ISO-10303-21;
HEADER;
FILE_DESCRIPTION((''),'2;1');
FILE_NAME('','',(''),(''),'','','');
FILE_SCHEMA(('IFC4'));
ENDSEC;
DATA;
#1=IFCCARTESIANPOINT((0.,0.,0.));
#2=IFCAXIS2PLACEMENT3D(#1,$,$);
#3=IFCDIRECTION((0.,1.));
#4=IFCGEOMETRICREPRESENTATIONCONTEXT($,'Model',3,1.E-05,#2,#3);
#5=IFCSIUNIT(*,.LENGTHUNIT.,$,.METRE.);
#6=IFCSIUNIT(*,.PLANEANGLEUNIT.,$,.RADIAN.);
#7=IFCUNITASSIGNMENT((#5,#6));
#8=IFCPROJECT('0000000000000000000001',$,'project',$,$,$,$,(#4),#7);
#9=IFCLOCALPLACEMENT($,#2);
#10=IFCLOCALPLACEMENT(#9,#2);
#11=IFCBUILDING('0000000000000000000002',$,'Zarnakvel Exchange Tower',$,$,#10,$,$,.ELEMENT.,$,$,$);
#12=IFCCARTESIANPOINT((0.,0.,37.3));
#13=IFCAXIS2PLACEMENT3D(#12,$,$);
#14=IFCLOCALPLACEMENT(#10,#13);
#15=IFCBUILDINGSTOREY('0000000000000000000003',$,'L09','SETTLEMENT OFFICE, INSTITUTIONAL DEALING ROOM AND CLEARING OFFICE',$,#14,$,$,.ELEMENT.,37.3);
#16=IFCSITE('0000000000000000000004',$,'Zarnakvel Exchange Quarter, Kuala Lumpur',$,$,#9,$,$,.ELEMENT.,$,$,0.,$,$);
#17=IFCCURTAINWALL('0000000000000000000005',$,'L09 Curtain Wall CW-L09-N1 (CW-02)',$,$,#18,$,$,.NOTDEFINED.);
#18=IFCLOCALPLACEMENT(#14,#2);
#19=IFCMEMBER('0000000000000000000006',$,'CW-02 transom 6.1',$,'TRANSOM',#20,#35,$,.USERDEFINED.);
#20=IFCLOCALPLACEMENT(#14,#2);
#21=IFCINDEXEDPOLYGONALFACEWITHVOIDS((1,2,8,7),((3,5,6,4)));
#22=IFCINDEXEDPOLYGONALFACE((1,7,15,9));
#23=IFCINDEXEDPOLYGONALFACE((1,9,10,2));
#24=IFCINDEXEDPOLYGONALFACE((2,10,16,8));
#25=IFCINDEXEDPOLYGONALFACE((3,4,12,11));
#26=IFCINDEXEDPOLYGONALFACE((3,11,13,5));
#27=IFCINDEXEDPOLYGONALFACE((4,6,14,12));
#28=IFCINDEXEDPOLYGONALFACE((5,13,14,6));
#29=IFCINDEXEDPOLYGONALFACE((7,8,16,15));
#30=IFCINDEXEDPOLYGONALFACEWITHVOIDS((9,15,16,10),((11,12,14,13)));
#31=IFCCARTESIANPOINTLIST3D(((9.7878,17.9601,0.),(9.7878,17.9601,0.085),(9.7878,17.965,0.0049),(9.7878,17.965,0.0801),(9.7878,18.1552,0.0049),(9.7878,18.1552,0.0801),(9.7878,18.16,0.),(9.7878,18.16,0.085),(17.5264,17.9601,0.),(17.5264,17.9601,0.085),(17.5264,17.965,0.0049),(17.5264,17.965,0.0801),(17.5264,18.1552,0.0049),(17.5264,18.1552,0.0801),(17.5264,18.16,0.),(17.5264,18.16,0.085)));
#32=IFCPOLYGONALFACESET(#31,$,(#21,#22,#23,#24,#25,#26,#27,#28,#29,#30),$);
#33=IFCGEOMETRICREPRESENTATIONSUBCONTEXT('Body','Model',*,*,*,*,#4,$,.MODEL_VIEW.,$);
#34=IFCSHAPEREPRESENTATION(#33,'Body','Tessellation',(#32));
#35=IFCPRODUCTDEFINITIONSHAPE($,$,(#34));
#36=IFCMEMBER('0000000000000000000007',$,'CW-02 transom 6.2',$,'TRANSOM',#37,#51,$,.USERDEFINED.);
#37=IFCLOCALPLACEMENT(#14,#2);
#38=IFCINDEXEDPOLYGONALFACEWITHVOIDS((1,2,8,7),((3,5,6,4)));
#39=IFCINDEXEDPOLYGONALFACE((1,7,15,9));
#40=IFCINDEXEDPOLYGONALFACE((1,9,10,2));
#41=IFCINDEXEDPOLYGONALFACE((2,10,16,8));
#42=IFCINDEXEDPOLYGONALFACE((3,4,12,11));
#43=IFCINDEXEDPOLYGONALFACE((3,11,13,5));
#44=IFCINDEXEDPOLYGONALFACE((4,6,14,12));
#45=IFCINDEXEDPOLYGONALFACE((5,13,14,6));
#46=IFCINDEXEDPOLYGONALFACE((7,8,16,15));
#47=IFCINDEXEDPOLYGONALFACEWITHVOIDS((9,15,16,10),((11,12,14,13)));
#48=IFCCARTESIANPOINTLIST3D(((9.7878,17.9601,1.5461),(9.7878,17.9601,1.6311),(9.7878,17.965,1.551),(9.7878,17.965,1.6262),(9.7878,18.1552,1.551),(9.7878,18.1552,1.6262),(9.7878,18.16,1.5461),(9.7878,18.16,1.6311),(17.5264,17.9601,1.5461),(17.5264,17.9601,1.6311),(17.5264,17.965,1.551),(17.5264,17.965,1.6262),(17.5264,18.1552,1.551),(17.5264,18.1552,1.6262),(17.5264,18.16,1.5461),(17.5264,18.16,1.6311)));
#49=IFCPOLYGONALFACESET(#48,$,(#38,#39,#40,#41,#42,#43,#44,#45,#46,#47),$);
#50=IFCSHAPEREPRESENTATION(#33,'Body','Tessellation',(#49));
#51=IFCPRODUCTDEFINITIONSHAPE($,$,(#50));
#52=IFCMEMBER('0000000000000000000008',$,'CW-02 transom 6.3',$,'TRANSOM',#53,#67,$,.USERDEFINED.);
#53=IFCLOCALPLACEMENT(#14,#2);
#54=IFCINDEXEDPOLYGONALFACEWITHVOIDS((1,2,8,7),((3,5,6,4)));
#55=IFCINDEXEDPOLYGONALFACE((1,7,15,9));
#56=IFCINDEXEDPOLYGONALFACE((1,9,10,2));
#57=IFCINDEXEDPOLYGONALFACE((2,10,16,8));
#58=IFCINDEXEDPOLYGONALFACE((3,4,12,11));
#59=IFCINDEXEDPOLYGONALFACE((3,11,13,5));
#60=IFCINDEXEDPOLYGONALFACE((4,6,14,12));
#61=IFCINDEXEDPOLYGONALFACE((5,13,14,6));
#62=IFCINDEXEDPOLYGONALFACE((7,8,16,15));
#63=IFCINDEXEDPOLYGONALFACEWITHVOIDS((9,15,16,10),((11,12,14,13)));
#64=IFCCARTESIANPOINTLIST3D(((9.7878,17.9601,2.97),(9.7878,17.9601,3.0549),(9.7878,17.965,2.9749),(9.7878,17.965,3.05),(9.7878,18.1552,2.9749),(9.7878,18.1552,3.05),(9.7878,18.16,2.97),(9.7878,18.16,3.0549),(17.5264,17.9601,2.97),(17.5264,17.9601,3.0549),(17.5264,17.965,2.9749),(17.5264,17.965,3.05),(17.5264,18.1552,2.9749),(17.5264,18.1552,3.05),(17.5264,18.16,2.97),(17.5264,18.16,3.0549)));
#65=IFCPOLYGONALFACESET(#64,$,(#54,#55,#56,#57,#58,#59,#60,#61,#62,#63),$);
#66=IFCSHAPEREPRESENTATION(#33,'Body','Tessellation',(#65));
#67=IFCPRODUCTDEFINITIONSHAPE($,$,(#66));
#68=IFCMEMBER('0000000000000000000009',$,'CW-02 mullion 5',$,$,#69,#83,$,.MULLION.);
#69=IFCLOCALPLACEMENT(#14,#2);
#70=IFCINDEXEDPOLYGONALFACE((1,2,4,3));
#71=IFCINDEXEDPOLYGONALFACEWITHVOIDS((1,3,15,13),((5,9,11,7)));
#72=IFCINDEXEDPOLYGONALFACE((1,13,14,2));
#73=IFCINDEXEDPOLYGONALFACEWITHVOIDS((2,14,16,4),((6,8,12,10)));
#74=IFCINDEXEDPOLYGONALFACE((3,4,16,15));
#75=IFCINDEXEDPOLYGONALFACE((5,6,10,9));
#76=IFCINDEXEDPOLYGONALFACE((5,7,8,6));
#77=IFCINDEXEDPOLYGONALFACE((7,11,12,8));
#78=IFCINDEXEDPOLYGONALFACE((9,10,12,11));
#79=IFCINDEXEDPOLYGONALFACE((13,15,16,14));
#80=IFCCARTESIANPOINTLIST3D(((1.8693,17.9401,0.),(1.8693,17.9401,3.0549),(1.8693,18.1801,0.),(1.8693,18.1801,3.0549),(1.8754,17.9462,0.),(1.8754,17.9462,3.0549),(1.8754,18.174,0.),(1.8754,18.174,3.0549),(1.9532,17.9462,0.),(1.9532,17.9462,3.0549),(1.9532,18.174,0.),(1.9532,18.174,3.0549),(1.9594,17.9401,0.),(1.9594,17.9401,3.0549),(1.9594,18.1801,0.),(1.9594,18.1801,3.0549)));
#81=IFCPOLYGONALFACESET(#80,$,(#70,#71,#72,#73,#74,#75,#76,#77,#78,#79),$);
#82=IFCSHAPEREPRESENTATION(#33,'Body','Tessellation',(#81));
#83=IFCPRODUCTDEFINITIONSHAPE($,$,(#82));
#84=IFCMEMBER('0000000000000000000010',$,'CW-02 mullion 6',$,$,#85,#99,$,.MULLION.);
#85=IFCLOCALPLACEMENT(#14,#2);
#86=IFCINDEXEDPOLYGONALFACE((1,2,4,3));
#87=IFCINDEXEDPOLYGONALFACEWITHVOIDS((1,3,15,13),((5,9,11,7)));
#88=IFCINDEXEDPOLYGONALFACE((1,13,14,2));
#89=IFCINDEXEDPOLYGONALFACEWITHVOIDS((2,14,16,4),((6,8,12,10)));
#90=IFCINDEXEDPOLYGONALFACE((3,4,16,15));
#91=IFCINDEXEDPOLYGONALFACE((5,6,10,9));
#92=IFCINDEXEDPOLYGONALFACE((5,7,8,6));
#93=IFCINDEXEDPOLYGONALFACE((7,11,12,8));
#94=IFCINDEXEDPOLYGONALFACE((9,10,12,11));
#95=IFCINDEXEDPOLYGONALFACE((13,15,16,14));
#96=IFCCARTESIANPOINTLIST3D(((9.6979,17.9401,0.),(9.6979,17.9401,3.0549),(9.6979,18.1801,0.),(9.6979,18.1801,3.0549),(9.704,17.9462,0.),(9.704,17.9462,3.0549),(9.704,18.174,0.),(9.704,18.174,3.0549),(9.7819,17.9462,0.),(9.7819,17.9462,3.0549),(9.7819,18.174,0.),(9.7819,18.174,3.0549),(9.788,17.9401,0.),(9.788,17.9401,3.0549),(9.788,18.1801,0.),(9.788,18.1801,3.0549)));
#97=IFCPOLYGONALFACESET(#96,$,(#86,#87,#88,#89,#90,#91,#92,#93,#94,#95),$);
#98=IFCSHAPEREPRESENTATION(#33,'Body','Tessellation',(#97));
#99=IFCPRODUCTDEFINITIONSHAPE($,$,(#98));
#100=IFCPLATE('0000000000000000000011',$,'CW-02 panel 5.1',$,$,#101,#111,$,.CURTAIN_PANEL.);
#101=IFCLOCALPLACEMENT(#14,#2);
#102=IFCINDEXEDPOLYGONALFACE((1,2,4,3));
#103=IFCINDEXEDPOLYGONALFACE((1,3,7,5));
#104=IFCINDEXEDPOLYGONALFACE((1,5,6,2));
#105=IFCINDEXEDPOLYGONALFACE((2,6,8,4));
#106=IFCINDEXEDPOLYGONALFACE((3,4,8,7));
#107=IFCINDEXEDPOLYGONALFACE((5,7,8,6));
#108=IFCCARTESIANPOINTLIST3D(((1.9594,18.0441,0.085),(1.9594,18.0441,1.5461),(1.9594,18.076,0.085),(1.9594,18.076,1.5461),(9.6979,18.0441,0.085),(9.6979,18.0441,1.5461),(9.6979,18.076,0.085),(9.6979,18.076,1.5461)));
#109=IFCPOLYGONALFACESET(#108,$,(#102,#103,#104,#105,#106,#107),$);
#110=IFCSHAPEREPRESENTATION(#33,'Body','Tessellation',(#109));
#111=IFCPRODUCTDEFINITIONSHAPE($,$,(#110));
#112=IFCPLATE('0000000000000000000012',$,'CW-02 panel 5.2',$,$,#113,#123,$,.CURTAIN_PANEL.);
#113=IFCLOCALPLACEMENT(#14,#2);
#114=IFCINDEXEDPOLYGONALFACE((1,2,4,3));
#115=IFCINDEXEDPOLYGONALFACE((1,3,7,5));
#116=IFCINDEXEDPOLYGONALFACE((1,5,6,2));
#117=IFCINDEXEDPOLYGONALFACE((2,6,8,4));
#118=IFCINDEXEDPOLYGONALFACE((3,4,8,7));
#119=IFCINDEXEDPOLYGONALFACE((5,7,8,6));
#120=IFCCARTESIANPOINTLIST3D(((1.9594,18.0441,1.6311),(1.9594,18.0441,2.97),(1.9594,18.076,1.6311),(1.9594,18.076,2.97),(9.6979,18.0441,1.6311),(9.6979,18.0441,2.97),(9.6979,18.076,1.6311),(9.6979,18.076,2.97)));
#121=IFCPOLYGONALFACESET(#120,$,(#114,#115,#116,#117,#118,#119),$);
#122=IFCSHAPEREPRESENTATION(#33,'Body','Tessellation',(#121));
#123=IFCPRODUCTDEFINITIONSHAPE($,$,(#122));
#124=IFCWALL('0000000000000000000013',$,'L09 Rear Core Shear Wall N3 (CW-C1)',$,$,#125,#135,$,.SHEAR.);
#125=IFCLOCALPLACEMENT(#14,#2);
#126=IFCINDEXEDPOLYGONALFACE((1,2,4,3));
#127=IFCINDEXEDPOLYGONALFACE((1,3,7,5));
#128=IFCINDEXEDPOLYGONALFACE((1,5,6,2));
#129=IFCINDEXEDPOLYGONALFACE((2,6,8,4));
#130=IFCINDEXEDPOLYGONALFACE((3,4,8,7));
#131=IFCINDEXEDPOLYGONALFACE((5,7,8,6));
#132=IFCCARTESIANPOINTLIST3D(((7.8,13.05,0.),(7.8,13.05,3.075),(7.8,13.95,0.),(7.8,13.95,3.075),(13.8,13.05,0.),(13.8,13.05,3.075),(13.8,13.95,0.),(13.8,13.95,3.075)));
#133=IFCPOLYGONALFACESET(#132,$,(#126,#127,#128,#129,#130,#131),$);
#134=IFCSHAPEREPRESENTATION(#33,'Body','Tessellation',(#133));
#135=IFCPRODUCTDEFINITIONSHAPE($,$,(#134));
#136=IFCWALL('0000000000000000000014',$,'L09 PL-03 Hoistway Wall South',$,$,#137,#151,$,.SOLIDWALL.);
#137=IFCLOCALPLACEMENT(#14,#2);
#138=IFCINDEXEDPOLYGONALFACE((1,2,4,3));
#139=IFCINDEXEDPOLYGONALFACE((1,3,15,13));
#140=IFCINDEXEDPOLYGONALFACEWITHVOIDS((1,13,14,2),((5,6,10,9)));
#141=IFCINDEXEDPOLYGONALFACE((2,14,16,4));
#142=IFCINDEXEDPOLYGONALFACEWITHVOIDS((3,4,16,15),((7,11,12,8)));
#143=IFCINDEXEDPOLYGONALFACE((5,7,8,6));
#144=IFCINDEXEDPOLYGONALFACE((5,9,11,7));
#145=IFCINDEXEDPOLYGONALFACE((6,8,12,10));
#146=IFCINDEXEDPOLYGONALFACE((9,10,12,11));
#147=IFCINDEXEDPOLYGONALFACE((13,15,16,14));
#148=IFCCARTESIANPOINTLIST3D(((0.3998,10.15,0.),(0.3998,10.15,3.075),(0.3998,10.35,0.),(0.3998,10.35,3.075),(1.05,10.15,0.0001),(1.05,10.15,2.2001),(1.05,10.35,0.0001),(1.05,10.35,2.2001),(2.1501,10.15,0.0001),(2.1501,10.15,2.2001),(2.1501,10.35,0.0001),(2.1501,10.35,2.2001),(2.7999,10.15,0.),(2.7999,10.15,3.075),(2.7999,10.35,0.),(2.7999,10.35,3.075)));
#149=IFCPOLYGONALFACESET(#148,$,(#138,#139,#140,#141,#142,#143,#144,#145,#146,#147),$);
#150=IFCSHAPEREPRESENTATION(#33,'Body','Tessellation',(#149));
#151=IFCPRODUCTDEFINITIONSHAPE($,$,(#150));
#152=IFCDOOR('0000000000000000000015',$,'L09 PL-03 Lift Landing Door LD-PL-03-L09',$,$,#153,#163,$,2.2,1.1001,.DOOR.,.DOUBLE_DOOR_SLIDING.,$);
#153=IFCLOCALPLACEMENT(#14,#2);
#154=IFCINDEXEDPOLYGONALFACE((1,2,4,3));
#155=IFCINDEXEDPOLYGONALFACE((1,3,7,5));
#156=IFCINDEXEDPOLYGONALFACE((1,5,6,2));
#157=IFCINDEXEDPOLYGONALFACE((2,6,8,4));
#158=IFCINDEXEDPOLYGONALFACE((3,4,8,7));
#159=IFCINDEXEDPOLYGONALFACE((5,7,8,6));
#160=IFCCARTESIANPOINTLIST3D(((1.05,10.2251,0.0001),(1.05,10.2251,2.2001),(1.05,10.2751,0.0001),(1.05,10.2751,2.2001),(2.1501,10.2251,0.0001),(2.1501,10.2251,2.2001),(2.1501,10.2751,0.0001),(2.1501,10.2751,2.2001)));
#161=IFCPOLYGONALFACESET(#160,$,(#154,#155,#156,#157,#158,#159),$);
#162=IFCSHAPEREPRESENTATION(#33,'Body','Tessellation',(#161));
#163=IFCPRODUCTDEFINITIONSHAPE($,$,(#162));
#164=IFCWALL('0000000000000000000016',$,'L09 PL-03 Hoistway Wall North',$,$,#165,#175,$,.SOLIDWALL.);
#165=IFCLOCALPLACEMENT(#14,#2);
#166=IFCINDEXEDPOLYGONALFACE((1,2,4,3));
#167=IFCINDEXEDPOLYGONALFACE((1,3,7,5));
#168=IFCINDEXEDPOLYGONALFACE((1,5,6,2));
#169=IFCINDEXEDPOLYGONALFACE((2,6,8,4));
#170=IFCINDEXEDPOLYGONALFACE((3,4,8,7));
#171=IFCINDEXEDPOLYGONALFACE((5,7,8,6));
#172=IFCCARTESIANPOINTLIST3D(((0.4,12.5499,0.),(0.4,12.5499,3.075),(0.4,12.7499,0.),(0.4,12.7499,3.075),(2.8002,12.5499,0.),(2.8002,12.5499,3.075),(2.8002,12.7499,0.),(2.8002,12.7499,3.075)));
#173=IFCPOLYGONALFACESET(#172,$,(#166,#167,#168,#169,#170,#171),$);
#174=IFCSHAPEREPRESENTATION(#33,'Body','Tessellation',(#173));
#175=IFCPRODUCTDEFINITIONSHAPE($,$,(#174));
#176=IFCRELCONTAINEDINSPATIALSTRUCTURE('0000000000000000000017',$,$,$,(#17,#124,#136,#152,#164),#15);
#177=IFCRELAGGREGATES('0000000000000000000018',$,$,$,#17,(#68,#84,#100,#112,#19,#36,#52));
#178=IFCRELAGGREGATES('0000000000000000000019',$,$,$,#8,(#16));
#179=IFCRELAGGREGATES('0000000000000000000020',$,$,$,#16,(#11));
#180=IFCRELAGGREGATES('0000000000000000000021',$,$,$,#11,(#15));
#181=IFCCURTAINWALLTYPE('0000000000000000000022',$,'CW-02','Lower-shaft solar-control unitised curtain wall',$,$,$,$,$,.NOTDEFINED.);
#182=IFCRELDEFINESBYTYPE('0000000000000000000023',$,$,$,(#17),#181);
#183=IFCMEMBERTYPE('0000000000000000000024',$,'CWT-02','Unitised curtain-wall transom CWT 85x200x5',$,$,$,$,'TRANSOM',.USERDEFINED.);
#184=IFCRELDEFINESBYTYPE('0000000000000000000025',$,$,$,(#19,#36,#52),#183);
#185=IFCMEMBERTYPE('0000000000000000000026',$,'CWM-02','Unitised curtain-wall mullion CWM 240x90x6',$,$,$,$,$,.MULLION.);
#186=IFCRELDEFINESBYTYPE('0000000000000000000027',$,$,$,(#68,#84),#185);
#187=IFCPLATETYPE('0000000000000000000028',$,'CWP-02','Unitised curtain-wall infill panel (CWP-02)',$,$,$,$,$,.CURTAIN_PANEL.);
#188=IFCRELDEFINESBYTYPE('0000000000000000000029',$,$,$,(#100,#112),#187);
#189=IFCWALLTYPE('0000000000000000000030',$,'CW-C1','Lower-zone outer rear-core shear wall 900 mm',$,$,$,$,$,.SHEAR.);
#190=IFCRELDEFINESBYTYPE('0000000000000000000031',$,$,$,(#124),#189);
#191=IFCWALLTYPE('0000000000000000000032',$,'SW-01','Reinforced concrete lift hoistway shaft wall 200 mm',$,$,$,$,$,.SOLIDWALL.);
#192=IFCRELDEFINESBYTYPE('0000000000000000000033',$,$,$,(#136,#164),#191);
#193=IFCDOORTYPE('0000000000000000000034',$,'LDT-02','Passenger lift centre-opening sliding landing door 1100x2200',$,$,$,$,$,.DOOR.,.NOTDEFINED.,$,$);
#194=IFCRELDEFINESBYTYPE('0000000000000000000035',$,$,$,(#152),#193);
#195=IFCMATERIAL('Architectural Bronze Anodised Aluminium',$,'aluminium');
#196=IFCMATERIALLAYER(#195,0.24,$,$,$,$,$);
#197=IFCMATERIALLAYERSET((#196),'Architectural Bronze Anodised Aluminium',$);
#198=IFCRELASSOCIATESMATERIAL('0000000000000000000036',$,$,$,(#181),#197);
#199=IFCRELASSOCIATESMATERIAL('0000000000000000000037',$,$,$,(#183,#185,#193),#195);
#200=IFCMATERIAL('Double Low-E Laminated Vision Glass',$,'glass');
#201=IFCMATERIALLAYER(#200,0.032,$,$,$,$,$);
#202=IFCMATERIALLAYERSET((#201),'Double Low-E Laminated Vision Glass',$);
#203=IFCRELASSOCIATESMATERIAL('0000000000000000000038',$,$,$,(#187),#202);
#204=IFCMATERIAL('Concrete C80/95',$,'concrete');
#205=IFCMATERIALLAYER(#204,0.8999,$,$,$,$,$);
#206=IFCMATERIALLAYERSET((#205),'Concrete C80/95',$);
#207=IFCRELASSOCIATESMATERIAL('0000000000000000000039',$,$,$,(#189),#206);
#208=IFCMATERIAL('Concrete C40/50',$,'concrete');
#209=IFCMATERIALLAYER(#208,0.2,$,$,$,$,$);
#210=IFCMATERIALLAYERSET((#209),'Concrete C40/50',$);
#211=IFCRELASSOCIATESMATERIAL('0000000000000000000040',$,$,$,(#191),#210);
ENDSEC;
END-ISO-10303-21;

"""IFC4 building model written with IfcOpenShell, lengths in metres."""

from ifc_helpers import new_model, si_unit, direction, frame, frame_2d, origin, origin_2d, place, context, subcontext, project, spatial, rectangle, hollow_rectangle, extrude, source, transform, mapped, material, layer, layer_set, material_profile, profile_set, type_object, element, fill, aggregate, save


model = new_model("IFC4")

# Units and contexts
model_context = context("Model", 3, precision=1e-05, world=origin(), true_north=direction((0.0, 1.0)))
body_context = subcontext(model_context, "Body", "Model", "MODEL_VIEW")
ifc_project = project(units=[si_unit("LENGTHUNIT", "METRE"), si_unit("PLANEANGLEUNIT", "RADIAN")], contexts=[model_context])

# Site, building, storey
site_placement = place(None, origin())
site = spatial("IfcSite", under=ifc_project, at=site_placement, Name="Zarnakvel Exchange Quarter, Kuala Lumpur", CompositionType="ELEMENT", RefElevation=0.0)
building_placement = place(site_placement, origin())
building = spatial("IfcBuilding", under=site, at=building_placement, Name="Zarnakvel Exchange Tower", CompositionType="ELEMENT")
storey_placement = place(building_placement, frame((0.0, 0.0, 37.3)))
storey = spatial("IfcBuildingStorey", under=building, at=storey_placement, Name="L09", Description="SETTLEMENT OFFICE, INSTITUTIONAL DEALING ROOM AND CLEARING OFFICE", CompositionType="ELEMENT", Elevation=37.3)

# Shared definitions
ifc_material_1 = material(Name="Concrete C80/95", Category="concrete")

# Curtain wall, members, plates
ifc_material_2 = material(Name="Architectural Bronze Anodised Aluminium", Category="aluminium")
ifc_layer_1 = layer(ifc_material_2, 0.24)
ifc_layer_set_1 = layer_set([ifc_layer_1], Name="Architectural Bronze Anodised Aluminium")
curtain_wall_type = type_object("IfcCurtainWallType", Name="CW-02", Description="Lower-shaft solar-control unitised curtain wall", PredefinedType="NOTDEFINED", material=ifc_layer_set_1)
curtain_wall_placement = place(storey_placement, origin())
curtain_wall = element("IfcCurtainWall", 1, at=curtain_wall_placement, inside=storey, type_object=curtain_wall_type, Name="L09 Curtain Wall CW-L09-N1 (CW-02)", PredefinedType="NOTDEFINED")
ifc_material_profile_1 = material_profile(ifc_material_2, hollow_rectangle(XDim=0.2, YDim=0.085, WallThickness=0.0049, at=origin_2d()))
ifc_profile_set_1 = profile_set([ifc_material_profile_1], Name="Architectural Bronze Anodised Aluminium")
member_type_1 = type_object("IfcMemberType", Name="CWT-02", Description="Unitised curtain-wall transom CWT 85x200x5", ElementType="TRANSOM", PredefinedType="USERDEFINED", material=ifc_profile_set_1)
shared_shape_1 = source(origin(), body_context, "Body", "SweptSolid", [
    extrude(hollow_rectangle(XDim=0.2, YDim=0.085, WallThickness=0.0049, at=origin_2d()), origin(), (0.0, 0.0, 1.0), 7.7385),
])
member_1_placement = place(storey_placement, frame((9.7878, 18.0601, 0.0425), z_axis=(1.0, 0.0, 0.0), x_axis=(0.0, 1.0, 0.0)))
member_1 = element("IfcMember", 2, at=member_1_placement, type_object=member_type_1, Name="CW-02 transom 6.1", ObjectType="TRANSOM", PredefinedType="USERDEFINED", context=body_context, shape_type="MappedRepresentation", body=[
    mapped(shared_shape_1, transform((0.0, 0.0, 0.0), x_axis=(1.0, 0.0, 0.0), y_axis=(0.0, 1.0, 0.0), z_axis=(0.0, 0.0, 1.0), scale=1.0)),
])
member_2_placement = place(storey_placement, frame((9.7878, 18.0601, 1.5886), z_axis=(1.0, 0.0, 0.0), x_axis=(0.0, 1.0, 0.0)))
member_2 = element("IfcMember", 3, at=member_2_placement, type_object=member_type_1, Name="CW-02 transom 6.2", ObjectType="TRANSOM", PredefinedType="USERDEFINED", context=body_context, shape_type="MappedRepresentation", body=[
    mapped(shared_shape_1, transform((0.0, 0.0, 0.0), x_axis=(1.0, 0.0, 0.0), y_axis=(0.0, 1.0, 0.0), z_axis=(0.0, 0.0, 1.0), scale=1.0)),
])
member_3_placement = place(storey_placement, frame((9.7878, 18.0601, 3.0125), z_axis=(1.0, 0.0, 0.0), x_axis=(0.0, 1.0, 0.0)))
member_3 = element("IfcMember", 4, at=member_3_placement, type_object=member_type_1, Name="CW-02 transom 6.3", ObjectType="TRANSOM", PredefinedType="USERDEFINED", context=body_context, shape_type="MappedRepresentation", body=[
    mapped(shared_shape_1, transform((0.0, 0.0, 0.0), x_axis=(1.0, 0.0, 0.0), y_axis=(0.0, 1.0, 0.0), z_axis=(0.0, 0.0, 1.0), scale=1.0)),
])
ifc_material_profile_2 = material_profile(ifc_material_2, hollow_rectangle(XDim=0.24, YDim=0.0901, WallThickness=0.0061, at=origin_2d()))
ifc_profile_set_2 = profile_set([ifc_material_profile_2], Name="Architectural Bronze Anodised Aluminium")
member_type_2 = type_object("IfcMemberType", Name="CWM-02", Description="Unitised curtain-wall mullion CWM 240x90x6", PredefinedType="MULLION", material=ifc_profile_set_2)
shared_shape_2 = source(origin(), body_context, "Body", "SweptSolid", [
    extrude(hollow_rectangle(XDim=0.24, YDim=0.0901, WallThickness=0.0061, at=origin_2d()), origin(), (0.0, 0.0, 1.0), 3.0549),
])
member_4_placement = place(storey_placement, frame((1.9143, 18.0601, 0.0), z_axis=(0.0, 0.0, 1.0), x_axis=(0.0, 1.0, 0.0)))
member_4 = element("IfcMember", 5, at=member_4_placement, type_object=member_type_2, Name="CW-02 mullion 5", PredefinedType="MULLION", context=body_context, shape_type="MappedRepresentation", body=[
    mapped(shared_shape_2, transform((0.0, 0.0, 0.0), x_axis=(1.0, 0.0, 0.0), y_axis=(0.0, 1.0, 0.0), z_axis=(0.0, 0.0, 1.0), scale=1.0)),
])
member_5_placement = place(storey_placement, frame((9.7429, 18.0601, 0.0), z_axis=(0.0, 0.0, 1.0), x_axis=(0.0, 1.0, 0.0)))
member_5 = element("IfcMember", 6, at=member_5_placement, type_object=member_type_2, Name="CW-02 mullion 6", PredefinedType="MULLION", context=body_context, shape_type="MappedRepresentation", body=[
    mapped(shared_shape_2, transform((0.0, 0.0, 0.0), x_axis=(1.0, 0.0, 0.0), y_axis=(0.0, 1.0, 0.0), z_axis=(0.0, 0.0, 1.0), scale=1.0)),
])
ifc_material_3 = material(Name="Double Low-E Laminated Vision Glass", Category="glass")
ifc_layer_2 = layer(ifc_material_3, 0.032)
ifc_layer_set_2 = layer_set([ifc_layer_2], Name="Double Low-E Laminated Vision Glass")
plate_type = type_object("IfcPlateType", Name="CWP-02", Description="Unitised curtain-wall infill panel (CWP-02)", PredefinedType="CURTAIN_PANEL", material=ifc_layer_set_2)
shared_shape_3 = source(origin(), body_context, "Body", "SweptSolid", [
    extrude(rectangle(XDim=7.7385, YDim=0.032, at=origin_2d()), origin(), (0.0, 0.0, 1.0), 1.4612),
])
plate_1_placement = place(storey_placement, frame((5.8286, 18.0601, 0.085), z_axis=(0.0, 0.0, 1.0), x_axis=(1.0, 0.0, 0.0)))
plate_1 = element("IfcPlate", 7, at=plate_1_placement, type_object=plate_type, Name="CW-02 panel 5.1", PredefinedType="CURTAIN_PANEL", context=body_context, shape_type="MappedRepresentation", body=[
    mapped(shared_shape_3, transform((0.0, 0.0, 0.0), x_axis=(1.0, 0.0, 0.0), y_axis=(0.0, 1.0, 0.0), z_axis=(0.0, 0.0, 1.0), scale=1.0)),
])
shared_shape_4 = source(origin(), body_context, "Body", "SweptSolid", [
    extrude(rectangle(XDim=7.7385, YDim=0.032, at=origin_2d()), origin(), (0.0, 0.0, 1.0), 1.3389),
])
plate_2_placement = place(storey_placement, frame((5.8286, 18.0601, 1.6311), z_axis=(0.0, 0.0, 1.0), x_axis=(1.0, 0.0, 0.0)))
plate_2 = element("IfcPlate", 8, at=plate_2_placement, type_object=plate_type, Name="CW-02 panel 5.2", PredefinedType="CURTAIN_PANEL", context=body_context, shape_type="MappedRepresentation", body=[
    mapped(shared_shape_4, transform((0.0, 0.0, 0.0), x_axis=(1.0, 0.0, 0.0), y_axis=(0.0, 1.0, 0.0), z_axis=(0.0, 0.0, 1.0), scale=1.0)),
])
aggregate(curtain_wall, [member_4, member_5, plate_1, plate_2, member_1, member_2, member_3])

# Wall
ifc_layer_3 = layer(ifc_material_1, 0.8999)
ifc_layer_set_3 = layer_set([ifc_layer_3], Name="Concrete C80/95")
wall_type_1 = type_object("IfcWallType", Name="CW-C1", Description="Lower-zone outer rear-core shear wall 900 mm", PredefinedType="SHEAR", material=ifc_layer_set_3)
wall_1_placement = place(storey_placement, frame((7.8, 13.5, 0.0), z_axis=(0.0, 0.0, 1.0), x_axis=(1.0, 0.0, 0.0)))
element("IfcWall", 9, at=wall_1_placement, inside=storey, type_object=wall_type_1, Name="L09 Rear Core Shear Wall N3 (CW-C1)", PredefinedType="SHEAR", context=body_context, shape_type="SweptSolid", body=[
    extrude(rectangle(XDim=6.0, YDim=0.8999, at=frame_2d((3.0, 0.0))), origin(), (0.0, 0.0, 1.0), 3.075),
])

# Wall, opening, door
ifc_material_4 = material(Name="Concrete C40/50", Category="concrete")
ifc_layer_4 = layer(ifc_material_4, 0.2)
ifc_layer_set_4 = layer_set([ifc_layer_4], Name="Concrete C40/50")
wall_type_2 = type_object("IfcWallType", Name="SW-01", Description="Reinforced concrete lift hoistway shaft wall 200 mm", PredefinedType="SOLIDWALL", material=ifc_layer_set_4)
wall_2_placement = place(storey_placement, frame((2.8, 10.25, 0.0), z_axis=(0.0, 0.0, 1.0), x_axis=(-1.0, 0.0, 0.0)))
wall_2 = element("IfcWall", 10, at=wall_2_placement, inside=storey, type_object=wall_type_2, Name="L09 PL-03 Hoistway Wall South", PredefinedType="SOLIDWALL", context=body_context, shape_type="SweptSolid", body=[
    extrude(rectangle(XDim=2.4001, YDim=0.2, at=frame_2d((1.2002, 0.0))), origin(), (0.0, 0.0, 1.0), 3.075),
])
opening_1_placement = place(wall_2_placement, frame((0.6499, 0.0, 0.0)))
opening_1 = element("IfcOpeningElement", 11, at=opening_1_placement, cuts=wall_2, PredefinedType="OPENING", context=body_context, shape_type="SweptSolid", body=[
    extrude(rectangle(XDim=1.1001, YDim=2.2, at=frame_2d((0.55, 1.1001))), frame((0.0, 0.1099, 0.0), z_axis=(0.0, -1.0, 0.0), x_axis=(1.0, 0.0, 0.0)), (0.0, 0.0, 1.0), 0.22),
])
door_type = type_object("IfcDoorType", Name="LDT-02", Description="Passenger lift centre-opening sliding landing door 1100x2200", OperationType="NOTDEFINED", PredefinedType="DOOR", material=ifc_material_2)
shared_shape_5 = source(origin(), body_context, "Body", "SweptSolid", [
    extrude(rectangle(XDim=1.1001, YDim=2.2, at=frame_2d((0.55, 1.1001))), frame((0.0, 0.0249, 0.0), z_axis=(0.0, -1.0, 0.0), x_axis=(1.0, 0.0, 0.0)), (0.0, 0.0, 1.0), 0.05),
])
door_1_placement = place(opening_1_placement, origin())
door_1 = element("IfcDoor", 12, at=door_1_placement, inside=storey, type_object=door_type, Name="L09 PL-03 Lift Landing Door LD-PL-03-L09", OperationType="DOUBLE_DOOR_SLIDING", OverallHeight=2.2, OverallWidth=1.1001, PredefinedType="DOOR", context=body_context, shape_type="MappedRepresentation", body=[
    mapped(shared_shape_5, transform((0.0, 0.0, 0.0), x_axis=(1.0, 0.0, 0.0), y_axis=(0.0, 1.0, 0.0), z_axis=(0.0, 0.0, 1.0), scale=1.0)),
])
fill(opening_1, door_1)

# Wall
wall_3_placement = place(storey_placement, frame((0.3999, 12.6499, 0.0), z_axis=(0.0, 0.0, 1.0), x_axis=(1.0, 0.0, 0.0)))
element("IfcWall", 13, at=wall_3_placement, inside=storey, type_object=wall_type_2, Name="L09 PL-03 Hoistway Wall North", PredefinedType="SOLIDWALL", context=body_context, shape_type="SweptSolid", body=[
    extrude(rectangle(XDim=2.4001, YDim=0.2, at=frame_2d((1.2002, 0.0))), origin(), (0.0, 0.0, 1.0), 3.075),
])

save(model, "model.ifc")
